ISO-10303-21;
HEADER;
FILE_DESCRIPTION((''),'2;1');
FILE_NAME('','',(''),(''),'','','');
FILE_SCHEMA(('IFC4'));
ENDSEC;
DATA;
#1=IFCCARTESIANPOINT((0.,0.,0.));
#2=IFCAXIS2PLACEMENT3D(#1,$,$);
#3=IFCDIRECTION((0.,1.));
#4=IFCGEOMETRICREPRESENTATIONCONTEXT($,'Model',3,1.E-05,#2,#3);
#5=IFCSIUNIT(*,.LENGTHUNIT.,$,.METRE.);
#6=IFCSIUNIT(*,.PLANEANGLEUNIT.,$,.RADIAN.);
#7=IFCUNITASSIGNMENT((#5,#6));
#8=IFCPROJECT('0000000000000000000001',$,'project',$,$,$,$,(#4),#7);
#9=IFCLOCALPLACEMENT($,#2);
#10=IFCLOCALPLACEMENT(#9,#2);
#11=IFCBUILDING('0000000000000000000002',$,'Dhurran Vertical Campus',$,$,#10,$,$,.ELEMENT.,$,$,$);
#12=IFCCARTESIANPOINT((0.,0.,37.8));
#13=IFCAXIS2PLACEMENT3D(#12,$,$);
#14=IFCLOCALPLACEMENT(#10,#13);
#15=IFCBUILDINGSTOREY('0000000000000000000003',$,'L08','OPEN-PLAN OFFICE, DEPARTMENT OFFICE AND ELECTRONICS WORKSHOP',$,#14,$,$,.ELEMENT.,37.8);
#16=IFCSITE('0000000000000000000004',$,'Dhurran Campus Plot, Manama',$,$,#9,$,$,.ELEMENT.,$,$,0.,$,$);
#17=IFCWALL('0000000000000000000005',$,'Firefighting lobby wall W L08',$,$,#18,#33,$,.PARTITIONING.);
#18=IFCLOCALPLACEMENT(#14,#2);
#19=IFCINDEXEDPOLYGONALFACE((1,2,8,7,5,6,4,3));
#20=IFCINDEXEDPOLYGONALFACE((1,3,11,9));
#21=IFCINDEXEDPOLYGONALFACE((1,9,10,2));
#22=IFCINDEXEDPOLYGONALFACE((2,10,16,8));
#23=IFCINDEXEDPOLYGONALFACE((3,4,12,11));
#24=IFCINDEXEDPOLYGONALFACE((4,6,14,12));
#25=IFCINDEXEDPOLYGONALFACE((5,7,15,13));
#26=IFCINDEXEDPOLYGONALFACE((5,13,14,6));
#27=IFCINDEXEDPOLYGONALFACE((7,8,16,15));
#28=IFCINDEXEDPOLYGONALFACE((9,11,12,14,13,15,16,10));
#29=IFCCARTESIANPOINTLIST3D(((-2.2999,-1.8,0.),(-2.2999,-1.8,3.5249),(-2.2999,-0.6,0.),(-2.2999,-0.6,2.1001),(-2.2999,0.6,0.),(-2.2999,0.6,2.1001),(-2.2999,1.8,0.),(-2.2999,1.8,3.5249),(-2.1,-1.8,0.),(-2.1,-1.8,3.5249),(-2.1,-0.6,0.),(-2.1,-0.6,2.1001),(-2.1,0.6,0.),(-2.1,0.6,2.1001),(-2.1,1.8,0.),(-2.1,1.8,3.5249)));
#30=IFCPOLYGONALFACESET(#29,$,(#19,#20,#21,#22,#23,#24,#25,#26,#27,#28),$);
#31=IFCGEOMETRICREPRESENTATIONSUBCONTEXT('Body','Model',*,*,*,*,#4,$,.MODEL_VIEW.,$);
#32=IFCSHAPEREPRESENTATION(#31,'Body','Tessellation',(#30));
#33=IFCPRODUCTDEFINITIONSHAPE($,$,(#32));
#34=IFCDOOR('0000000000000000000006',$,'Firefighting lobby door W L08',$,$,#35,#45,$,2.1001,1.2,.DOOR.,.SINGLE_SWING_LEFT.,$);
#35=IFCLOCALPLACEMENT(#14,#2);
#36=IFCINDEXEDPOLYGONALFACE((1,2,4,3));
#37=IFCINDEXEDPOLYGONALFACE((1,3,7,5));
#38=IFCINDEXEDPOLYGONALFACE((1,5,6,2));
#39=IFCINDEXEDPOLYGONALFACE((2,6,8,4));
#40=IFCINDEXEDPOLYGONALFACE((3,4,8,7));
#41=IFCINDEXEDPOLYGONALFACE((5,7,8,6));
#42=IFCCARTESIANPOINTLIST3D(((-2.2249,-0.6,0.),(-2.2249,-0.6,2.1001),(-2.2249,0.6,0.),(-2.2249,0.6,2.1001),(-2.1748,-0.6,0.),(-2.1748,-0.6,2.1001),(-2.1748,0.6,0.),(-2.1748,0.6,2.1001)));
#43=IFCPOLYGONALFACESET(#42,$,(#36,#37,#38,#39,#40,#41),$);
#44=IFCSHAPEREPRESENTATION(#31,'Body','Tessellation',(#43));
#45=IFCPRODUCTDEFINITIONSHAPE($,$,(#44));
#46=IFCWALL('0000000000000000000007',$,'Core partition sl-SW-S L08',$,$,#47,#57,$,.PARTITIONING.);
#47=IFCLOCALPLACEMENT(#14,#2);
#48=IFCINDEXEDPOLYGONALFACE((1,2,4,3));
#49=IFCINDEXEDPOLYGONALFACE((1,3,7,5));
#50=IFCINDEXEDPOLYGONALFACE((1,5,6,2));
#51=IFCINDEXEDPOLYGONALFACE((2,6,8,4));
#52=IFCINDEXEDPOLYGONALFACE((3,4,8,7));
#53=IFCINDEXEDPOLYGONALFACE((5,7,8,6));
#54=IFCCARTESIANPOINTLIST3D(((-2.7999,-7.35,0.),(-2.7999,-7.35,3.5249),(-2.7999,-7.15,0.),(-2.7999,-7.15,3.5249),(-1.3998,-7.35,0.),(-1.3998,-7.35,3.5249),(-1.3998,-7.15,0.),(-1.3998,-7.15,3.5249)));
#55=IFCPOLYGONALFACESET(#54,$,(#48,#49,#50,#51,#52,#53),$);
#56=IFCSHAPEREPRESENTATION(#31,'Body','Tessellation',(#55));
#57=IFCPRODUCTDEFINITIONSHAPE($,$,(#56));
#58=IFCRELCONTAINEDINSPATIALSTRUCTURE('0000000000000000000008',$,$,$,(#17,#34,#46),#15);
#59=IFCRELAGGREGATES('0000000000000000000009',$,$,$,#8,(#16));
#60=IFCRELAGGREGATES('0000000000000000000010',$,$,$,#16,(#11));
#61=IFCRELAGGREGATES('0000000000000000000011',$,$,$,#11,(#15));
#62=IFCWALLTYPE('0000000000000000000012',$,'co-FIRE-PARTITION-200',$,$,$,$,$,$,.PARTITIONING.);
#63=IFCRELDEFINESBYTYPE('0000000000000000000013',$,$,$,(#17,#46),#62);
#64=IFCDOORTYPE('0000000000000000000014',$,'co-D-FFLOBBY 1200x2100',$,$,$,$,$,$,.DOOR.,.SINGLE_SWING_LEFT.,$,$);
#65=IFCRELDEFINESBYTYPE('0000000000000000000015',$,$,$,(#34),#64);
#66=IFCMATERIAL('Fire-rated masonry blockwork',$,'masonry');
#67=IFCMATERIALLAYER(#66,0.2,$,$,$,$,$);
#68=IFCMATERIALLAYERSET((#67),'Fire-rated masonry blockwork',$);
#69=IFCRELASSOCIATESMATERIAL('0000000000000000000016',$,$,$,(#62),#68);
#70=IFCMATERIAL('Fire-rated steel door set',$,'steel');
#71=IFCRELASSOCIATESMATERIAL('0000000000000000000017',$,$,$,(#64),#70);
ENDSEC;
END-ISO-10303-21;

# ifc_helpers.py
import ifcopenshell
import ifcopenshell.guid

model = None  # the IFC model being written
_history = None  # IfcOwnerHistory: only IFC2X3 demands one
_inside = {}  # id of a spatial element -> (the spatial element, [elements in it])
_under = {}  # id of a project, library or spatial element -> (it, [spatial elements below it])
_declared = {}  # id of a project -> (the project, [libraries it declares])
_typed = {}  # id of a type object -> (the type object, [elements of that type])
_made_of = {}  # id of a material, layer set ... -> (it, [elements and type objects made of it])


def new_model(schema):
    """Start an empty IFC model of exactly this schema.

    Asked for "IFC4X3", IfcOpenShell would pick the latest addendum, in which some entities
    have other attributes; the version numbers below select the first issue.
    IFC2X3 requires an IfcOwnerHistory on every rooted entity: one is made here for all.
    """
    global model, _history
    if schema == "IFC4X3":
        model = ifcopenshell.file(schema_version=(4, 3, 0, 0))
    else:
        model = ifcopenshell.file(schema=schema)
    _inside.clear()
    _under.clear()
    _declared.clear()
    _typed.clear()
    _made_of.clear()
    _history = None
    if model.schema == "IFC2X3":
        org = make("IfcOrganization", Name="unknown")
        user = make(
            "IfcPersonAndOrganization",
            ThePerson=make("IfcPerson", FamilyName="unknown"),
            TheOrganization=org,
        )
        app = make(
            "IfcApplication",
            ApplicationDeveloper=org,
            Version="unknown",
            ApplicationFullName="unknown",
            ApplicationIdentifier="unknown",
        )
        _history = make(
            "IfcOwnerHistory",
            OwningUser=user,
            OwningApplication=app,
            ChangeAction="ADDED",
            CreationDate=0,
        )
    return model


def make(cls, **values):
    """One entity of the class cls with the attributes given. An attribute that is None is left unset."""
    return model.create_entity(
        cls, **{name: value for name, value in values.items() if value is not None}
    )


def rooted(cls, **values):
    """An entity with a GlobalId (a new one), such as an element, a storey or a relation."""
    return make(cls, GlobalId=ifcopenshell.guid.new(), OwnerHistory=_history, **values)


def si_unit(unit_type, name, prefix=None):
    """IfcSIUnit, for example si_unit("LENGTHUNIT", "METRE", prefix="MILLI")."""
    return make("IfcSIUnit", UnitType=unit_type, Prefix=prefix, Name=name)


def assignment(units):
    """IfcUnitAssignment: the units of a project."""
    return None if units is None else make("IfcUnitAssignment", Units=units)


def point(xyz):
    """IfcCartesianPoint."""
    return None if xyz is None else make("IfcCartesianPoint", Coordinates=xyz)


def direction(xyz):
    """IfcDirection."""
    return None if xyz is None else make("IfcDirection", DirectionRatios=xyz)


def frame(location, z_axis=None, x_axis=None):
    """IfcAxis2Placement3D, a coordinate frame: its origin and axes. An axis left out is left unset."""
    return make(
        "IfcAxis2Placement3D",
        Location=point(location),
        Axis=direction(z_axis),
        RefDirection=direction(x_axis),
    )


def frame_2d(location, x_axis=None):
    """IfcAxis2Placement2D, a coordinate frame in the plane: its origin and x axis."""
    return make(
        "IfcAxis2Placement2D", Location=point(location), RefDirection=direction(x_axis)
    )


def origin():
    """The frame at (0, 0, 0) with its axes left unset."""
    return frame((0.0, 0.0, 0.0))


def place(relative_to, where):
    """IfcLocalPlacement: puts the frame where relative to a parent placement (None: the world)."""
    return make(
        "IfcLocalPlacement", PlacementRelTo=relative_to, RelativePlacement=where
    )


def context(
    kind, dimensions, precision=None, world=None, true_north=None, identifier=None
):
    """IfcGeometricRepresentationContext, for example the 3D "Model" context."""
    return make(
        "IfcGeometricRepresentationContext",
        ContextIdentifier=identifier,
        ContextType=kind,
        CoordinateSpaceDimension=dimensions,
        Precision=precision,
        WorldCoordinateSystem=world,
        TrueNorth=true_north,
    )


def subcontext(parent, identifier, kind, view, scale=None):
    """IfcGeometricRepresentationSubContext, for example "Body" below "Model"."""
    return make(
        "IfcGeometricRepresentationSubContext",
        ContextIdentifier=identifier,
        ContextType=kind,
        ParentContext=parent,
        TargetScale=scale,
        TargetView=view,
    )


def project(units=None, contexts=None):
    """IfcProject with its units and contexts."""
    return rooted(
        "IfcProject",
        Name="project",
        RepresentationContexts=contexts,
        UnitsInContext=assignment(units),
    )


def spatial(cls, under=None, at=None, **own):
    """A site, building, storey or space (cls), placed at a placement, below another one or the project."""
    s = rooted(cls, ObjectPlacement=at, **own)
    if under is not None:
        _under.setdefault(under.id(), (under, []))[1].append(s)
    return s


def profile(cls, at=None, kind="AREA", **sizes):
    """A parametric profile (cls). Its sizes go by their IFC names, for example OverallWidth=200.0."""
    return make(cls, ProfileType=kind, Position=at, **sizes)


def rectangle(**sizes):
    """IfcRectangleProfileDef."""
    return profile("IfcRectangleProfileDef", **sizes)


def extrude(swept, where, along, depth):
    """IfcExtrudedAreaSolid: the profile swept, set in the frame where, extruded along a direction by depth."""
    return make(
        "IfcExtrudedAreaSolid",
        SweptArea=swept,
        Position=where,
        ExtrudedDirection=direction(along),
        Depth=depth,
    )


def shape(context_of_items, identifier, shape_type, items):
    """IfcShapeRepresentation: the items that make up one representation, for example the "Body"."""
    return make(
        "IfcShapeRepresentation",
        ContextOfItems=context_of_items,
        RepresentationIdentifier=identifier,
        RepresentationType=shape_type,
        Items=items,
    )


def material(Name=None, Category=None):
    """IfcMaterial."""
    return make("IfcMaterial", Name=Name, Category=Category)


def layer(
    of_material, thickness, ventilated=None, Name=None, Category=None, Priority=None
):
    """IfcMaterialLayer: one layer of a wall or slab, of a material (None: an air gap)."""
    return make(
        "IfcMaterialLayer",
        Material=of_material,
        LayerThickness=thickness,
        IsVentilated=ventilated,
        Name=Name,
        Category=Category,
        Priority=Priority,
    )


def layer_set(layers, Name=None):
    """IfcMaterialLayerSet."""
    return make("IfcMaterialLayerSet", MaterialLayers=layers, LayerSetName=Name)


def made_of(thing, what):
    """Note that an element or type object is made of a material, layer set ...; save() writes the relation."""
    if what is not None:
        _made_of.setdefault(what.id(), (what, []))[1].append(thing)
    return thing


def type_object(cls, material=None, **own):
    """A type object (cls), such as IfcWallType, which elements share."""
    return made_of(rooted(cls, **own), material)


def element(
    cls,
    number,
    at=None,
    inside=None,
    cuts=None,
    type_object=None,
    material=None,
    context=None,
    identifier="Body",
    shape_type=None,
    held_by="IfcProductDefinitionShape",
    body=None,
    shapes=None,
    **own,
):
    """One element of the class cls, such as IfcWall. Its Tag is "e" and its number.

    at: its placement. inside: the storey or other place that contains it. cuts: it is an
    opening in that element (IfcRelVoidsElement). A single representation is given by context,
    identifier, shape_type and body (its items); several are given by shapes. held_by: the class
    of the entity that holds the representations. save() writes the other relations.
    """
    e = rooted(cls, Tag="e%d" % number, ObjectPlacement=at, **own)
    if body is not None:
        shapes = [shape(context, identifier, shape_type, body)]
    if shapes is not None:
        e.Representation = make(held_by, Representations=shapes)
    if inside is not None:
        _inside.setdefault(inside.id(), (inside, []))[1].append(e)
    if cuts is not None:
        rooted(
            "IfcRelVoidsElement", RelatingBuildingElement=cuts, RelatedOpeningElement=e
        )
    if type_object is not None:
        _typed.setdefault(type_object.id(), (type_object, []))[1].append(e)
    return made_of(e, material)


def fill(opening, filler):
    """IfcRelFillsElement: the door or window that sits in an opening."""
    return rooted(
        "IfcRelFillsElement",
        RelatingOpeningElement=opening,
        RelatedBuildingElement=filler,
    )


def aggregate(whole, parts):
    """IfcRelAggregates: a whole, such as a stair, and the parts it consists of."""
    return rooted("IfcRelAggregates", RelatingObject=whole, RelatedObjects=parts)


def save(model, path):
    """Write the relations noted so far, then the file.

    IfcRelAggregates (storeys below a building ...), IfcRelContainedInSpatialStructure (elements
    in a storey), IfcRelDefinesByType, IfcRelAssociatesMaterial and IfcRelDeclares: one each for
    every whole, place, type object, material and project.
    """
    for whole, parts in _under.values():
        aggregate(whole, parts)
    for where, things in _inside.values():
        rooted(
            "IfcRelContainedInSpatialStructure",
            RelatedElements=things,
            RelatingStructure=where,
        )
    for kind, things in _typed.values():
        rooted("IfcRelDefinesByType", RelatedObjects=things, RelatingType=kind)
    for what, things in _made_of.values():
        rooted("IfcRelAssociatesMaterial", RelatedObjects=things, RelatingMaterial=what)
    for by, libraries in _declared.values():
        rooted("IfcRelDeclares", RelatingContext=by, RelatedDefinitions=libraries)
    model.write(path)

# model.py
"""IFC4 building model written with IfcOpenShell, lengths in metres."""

from ifc_helpers import new_model, si_unit, direction, frame, frame_2d, origin, place, context, subcontext, project, spatial, rectangle, extrude, material, layer, layer_set, type_object, element, fill, save


model = new_model("IFC4")

# Units and contexts
model_context = context("Model", 3, precision=1e-05, world=origin(), true_north=direction((0.0, 1.0)))
body_context = subcontext(model_context, "Body", "Model", "MODEL_VIEW")
ifc_project = project(units=[si_unit("LENGTHUNIT", "METRE"), si_unit("PLANEANGLEUNIT", "RADIAN")], contexts=[model_context])

# Site, building, storey
site_placement = place(None, origin())
site = spatial("IfcSite", under=ifc_project, at=site_placement, Name="Dhurran Campus Plot, Manama", CompositionType="ELEMENT", RefElevation=0.0)
building_placement = place(site_placement, origin())
building = spatial("IfcBuilding", under=site, at=building_placement, Name="Dhurran Vertical Campus", CompositionType="ELEMENT")
storey_placement = place(building_placement, frame((0.0, 0.0, 37.8)))
storey = spatial("IfcBuildingStorey", under=building, at=storey_placement, Name="L08", Description="OPEN-PLAN OFFICE, DEPARTMENT OFFICE AND ELECTRONICS WORKSHOP", CompositionType="ELEMENT", Elevation=37.8)

# Wall, opening, door
ifc_material_1 = material(Name="Fire-rated masonry blockwork", Category="masonry")
ifc_layer_1 = layer(ifc_material_1, 0.2)
ifc_layer_set_1 = layer_set([ifc_layer_1], Name="Fire-rated masonry blockwork")
wall_type_1 = type_object("IfcWallType", Name="co-FIRE-PARTITION-200", PredefinedType="PARTITIONING", material=ifc_layer_set_1)
wall_1_placement = place(storey_placement, frame((-2.2, -1.8, 0.0), z_axis=(0.0, 0.0, 1.0), x_axis=(0.0, 1.0, 0.0)))
wall_1 = element("IfcWall", 1, at=wall_1_placement, inside=storey, type_object=wall_type_1, Name="Firefighting lobby wall W L08", PredefinedType="PARTITIONING", context=body_context, shape_type="SweptSolid", body=[
    extrude(rectangle(XDim=3.6001, YDim=0.2, at=frame_2d((1.8, 0.0))), origin(), (0.0, 0.0, 1.0), 3.5249),
])
opening_1_placement = place(wall_1_placement, frame((1.2, 0.0, 0.0)))
opening_1 = element("IfcOpeningElement", 2, at=opening_1_placement, cuts=wall_1, PredefinedType="OPENING", context=body_context, shape_type="SweptSolid", body=[
    extrude(rectangle(XDim=1.2, YDim=2.1001, at=frame_2d((0.6001, 1.05))), frame((0.0, 0.1099, 0.0), z_axis=(0.0, -1.0, 0.0), x_axis=(1.0, 0.0, 0.0)), (0.0, 0.0, 1.0), 0.22),
])
ifc_material_2 = material(Name="Fire-rated steel door set", Category="steel")
door_type_1 = type_object("IfcDoorType", Name="co-D-FFLOBBY 1200x2100", OperationType="SINGLE_SWING_LEFT", PredefinedType="DOOR", material=ifc_material_2)
door_1_placement = place(opening_1_placement, origin())
door_1 = element("IfcDoor", 3, at=door_1_placement, inside=storey, type_object=door_type_1, Name="Firefighting lobby door W L08", OperationType="SINGLE_SWING_LEFT", OverallHeight=2.1001, OverallWidth=1.2, PredefinedType="DOOR", context=body_context, shape_type="SweptSolid", body=[
    extrude(rectangle(XDim=1.2, YDim=2.1001, at=frame_2d((0.6001, 1.05))), frame((0.0, 0.0249, 0.0), z_axis=(0.0, -1.0, 0.0), x_axis=(1.0, 0.0, 0.0)), (0.0, 0.0, 1.0), 0.05),
])
fill(opening_1, door_1)

# Wall
wall_2_placement = place(storey_placement, frame((-2.8, -7.25, 0.0), z_axis=(0.0, 0.0, 1.0), x_axis=(1.0, 0.0, 0.0)))
element("IfcWall", 4, at=wall_2_placement, inside=storey, type_object=wall_type_1, Name="Core partition sl-SW-S L08", PredefinedType="PARTITIONING", context=body_context, shape_type="SweptSolid", body=[
    extrude(rectangle(XDim=1.4001, YDim=0.2, at=frame_2d((0.7002, 0.0))), origin(), (0.0, 0.0, 1.0), 3.5249),
])

save(model, "model.ifc")
